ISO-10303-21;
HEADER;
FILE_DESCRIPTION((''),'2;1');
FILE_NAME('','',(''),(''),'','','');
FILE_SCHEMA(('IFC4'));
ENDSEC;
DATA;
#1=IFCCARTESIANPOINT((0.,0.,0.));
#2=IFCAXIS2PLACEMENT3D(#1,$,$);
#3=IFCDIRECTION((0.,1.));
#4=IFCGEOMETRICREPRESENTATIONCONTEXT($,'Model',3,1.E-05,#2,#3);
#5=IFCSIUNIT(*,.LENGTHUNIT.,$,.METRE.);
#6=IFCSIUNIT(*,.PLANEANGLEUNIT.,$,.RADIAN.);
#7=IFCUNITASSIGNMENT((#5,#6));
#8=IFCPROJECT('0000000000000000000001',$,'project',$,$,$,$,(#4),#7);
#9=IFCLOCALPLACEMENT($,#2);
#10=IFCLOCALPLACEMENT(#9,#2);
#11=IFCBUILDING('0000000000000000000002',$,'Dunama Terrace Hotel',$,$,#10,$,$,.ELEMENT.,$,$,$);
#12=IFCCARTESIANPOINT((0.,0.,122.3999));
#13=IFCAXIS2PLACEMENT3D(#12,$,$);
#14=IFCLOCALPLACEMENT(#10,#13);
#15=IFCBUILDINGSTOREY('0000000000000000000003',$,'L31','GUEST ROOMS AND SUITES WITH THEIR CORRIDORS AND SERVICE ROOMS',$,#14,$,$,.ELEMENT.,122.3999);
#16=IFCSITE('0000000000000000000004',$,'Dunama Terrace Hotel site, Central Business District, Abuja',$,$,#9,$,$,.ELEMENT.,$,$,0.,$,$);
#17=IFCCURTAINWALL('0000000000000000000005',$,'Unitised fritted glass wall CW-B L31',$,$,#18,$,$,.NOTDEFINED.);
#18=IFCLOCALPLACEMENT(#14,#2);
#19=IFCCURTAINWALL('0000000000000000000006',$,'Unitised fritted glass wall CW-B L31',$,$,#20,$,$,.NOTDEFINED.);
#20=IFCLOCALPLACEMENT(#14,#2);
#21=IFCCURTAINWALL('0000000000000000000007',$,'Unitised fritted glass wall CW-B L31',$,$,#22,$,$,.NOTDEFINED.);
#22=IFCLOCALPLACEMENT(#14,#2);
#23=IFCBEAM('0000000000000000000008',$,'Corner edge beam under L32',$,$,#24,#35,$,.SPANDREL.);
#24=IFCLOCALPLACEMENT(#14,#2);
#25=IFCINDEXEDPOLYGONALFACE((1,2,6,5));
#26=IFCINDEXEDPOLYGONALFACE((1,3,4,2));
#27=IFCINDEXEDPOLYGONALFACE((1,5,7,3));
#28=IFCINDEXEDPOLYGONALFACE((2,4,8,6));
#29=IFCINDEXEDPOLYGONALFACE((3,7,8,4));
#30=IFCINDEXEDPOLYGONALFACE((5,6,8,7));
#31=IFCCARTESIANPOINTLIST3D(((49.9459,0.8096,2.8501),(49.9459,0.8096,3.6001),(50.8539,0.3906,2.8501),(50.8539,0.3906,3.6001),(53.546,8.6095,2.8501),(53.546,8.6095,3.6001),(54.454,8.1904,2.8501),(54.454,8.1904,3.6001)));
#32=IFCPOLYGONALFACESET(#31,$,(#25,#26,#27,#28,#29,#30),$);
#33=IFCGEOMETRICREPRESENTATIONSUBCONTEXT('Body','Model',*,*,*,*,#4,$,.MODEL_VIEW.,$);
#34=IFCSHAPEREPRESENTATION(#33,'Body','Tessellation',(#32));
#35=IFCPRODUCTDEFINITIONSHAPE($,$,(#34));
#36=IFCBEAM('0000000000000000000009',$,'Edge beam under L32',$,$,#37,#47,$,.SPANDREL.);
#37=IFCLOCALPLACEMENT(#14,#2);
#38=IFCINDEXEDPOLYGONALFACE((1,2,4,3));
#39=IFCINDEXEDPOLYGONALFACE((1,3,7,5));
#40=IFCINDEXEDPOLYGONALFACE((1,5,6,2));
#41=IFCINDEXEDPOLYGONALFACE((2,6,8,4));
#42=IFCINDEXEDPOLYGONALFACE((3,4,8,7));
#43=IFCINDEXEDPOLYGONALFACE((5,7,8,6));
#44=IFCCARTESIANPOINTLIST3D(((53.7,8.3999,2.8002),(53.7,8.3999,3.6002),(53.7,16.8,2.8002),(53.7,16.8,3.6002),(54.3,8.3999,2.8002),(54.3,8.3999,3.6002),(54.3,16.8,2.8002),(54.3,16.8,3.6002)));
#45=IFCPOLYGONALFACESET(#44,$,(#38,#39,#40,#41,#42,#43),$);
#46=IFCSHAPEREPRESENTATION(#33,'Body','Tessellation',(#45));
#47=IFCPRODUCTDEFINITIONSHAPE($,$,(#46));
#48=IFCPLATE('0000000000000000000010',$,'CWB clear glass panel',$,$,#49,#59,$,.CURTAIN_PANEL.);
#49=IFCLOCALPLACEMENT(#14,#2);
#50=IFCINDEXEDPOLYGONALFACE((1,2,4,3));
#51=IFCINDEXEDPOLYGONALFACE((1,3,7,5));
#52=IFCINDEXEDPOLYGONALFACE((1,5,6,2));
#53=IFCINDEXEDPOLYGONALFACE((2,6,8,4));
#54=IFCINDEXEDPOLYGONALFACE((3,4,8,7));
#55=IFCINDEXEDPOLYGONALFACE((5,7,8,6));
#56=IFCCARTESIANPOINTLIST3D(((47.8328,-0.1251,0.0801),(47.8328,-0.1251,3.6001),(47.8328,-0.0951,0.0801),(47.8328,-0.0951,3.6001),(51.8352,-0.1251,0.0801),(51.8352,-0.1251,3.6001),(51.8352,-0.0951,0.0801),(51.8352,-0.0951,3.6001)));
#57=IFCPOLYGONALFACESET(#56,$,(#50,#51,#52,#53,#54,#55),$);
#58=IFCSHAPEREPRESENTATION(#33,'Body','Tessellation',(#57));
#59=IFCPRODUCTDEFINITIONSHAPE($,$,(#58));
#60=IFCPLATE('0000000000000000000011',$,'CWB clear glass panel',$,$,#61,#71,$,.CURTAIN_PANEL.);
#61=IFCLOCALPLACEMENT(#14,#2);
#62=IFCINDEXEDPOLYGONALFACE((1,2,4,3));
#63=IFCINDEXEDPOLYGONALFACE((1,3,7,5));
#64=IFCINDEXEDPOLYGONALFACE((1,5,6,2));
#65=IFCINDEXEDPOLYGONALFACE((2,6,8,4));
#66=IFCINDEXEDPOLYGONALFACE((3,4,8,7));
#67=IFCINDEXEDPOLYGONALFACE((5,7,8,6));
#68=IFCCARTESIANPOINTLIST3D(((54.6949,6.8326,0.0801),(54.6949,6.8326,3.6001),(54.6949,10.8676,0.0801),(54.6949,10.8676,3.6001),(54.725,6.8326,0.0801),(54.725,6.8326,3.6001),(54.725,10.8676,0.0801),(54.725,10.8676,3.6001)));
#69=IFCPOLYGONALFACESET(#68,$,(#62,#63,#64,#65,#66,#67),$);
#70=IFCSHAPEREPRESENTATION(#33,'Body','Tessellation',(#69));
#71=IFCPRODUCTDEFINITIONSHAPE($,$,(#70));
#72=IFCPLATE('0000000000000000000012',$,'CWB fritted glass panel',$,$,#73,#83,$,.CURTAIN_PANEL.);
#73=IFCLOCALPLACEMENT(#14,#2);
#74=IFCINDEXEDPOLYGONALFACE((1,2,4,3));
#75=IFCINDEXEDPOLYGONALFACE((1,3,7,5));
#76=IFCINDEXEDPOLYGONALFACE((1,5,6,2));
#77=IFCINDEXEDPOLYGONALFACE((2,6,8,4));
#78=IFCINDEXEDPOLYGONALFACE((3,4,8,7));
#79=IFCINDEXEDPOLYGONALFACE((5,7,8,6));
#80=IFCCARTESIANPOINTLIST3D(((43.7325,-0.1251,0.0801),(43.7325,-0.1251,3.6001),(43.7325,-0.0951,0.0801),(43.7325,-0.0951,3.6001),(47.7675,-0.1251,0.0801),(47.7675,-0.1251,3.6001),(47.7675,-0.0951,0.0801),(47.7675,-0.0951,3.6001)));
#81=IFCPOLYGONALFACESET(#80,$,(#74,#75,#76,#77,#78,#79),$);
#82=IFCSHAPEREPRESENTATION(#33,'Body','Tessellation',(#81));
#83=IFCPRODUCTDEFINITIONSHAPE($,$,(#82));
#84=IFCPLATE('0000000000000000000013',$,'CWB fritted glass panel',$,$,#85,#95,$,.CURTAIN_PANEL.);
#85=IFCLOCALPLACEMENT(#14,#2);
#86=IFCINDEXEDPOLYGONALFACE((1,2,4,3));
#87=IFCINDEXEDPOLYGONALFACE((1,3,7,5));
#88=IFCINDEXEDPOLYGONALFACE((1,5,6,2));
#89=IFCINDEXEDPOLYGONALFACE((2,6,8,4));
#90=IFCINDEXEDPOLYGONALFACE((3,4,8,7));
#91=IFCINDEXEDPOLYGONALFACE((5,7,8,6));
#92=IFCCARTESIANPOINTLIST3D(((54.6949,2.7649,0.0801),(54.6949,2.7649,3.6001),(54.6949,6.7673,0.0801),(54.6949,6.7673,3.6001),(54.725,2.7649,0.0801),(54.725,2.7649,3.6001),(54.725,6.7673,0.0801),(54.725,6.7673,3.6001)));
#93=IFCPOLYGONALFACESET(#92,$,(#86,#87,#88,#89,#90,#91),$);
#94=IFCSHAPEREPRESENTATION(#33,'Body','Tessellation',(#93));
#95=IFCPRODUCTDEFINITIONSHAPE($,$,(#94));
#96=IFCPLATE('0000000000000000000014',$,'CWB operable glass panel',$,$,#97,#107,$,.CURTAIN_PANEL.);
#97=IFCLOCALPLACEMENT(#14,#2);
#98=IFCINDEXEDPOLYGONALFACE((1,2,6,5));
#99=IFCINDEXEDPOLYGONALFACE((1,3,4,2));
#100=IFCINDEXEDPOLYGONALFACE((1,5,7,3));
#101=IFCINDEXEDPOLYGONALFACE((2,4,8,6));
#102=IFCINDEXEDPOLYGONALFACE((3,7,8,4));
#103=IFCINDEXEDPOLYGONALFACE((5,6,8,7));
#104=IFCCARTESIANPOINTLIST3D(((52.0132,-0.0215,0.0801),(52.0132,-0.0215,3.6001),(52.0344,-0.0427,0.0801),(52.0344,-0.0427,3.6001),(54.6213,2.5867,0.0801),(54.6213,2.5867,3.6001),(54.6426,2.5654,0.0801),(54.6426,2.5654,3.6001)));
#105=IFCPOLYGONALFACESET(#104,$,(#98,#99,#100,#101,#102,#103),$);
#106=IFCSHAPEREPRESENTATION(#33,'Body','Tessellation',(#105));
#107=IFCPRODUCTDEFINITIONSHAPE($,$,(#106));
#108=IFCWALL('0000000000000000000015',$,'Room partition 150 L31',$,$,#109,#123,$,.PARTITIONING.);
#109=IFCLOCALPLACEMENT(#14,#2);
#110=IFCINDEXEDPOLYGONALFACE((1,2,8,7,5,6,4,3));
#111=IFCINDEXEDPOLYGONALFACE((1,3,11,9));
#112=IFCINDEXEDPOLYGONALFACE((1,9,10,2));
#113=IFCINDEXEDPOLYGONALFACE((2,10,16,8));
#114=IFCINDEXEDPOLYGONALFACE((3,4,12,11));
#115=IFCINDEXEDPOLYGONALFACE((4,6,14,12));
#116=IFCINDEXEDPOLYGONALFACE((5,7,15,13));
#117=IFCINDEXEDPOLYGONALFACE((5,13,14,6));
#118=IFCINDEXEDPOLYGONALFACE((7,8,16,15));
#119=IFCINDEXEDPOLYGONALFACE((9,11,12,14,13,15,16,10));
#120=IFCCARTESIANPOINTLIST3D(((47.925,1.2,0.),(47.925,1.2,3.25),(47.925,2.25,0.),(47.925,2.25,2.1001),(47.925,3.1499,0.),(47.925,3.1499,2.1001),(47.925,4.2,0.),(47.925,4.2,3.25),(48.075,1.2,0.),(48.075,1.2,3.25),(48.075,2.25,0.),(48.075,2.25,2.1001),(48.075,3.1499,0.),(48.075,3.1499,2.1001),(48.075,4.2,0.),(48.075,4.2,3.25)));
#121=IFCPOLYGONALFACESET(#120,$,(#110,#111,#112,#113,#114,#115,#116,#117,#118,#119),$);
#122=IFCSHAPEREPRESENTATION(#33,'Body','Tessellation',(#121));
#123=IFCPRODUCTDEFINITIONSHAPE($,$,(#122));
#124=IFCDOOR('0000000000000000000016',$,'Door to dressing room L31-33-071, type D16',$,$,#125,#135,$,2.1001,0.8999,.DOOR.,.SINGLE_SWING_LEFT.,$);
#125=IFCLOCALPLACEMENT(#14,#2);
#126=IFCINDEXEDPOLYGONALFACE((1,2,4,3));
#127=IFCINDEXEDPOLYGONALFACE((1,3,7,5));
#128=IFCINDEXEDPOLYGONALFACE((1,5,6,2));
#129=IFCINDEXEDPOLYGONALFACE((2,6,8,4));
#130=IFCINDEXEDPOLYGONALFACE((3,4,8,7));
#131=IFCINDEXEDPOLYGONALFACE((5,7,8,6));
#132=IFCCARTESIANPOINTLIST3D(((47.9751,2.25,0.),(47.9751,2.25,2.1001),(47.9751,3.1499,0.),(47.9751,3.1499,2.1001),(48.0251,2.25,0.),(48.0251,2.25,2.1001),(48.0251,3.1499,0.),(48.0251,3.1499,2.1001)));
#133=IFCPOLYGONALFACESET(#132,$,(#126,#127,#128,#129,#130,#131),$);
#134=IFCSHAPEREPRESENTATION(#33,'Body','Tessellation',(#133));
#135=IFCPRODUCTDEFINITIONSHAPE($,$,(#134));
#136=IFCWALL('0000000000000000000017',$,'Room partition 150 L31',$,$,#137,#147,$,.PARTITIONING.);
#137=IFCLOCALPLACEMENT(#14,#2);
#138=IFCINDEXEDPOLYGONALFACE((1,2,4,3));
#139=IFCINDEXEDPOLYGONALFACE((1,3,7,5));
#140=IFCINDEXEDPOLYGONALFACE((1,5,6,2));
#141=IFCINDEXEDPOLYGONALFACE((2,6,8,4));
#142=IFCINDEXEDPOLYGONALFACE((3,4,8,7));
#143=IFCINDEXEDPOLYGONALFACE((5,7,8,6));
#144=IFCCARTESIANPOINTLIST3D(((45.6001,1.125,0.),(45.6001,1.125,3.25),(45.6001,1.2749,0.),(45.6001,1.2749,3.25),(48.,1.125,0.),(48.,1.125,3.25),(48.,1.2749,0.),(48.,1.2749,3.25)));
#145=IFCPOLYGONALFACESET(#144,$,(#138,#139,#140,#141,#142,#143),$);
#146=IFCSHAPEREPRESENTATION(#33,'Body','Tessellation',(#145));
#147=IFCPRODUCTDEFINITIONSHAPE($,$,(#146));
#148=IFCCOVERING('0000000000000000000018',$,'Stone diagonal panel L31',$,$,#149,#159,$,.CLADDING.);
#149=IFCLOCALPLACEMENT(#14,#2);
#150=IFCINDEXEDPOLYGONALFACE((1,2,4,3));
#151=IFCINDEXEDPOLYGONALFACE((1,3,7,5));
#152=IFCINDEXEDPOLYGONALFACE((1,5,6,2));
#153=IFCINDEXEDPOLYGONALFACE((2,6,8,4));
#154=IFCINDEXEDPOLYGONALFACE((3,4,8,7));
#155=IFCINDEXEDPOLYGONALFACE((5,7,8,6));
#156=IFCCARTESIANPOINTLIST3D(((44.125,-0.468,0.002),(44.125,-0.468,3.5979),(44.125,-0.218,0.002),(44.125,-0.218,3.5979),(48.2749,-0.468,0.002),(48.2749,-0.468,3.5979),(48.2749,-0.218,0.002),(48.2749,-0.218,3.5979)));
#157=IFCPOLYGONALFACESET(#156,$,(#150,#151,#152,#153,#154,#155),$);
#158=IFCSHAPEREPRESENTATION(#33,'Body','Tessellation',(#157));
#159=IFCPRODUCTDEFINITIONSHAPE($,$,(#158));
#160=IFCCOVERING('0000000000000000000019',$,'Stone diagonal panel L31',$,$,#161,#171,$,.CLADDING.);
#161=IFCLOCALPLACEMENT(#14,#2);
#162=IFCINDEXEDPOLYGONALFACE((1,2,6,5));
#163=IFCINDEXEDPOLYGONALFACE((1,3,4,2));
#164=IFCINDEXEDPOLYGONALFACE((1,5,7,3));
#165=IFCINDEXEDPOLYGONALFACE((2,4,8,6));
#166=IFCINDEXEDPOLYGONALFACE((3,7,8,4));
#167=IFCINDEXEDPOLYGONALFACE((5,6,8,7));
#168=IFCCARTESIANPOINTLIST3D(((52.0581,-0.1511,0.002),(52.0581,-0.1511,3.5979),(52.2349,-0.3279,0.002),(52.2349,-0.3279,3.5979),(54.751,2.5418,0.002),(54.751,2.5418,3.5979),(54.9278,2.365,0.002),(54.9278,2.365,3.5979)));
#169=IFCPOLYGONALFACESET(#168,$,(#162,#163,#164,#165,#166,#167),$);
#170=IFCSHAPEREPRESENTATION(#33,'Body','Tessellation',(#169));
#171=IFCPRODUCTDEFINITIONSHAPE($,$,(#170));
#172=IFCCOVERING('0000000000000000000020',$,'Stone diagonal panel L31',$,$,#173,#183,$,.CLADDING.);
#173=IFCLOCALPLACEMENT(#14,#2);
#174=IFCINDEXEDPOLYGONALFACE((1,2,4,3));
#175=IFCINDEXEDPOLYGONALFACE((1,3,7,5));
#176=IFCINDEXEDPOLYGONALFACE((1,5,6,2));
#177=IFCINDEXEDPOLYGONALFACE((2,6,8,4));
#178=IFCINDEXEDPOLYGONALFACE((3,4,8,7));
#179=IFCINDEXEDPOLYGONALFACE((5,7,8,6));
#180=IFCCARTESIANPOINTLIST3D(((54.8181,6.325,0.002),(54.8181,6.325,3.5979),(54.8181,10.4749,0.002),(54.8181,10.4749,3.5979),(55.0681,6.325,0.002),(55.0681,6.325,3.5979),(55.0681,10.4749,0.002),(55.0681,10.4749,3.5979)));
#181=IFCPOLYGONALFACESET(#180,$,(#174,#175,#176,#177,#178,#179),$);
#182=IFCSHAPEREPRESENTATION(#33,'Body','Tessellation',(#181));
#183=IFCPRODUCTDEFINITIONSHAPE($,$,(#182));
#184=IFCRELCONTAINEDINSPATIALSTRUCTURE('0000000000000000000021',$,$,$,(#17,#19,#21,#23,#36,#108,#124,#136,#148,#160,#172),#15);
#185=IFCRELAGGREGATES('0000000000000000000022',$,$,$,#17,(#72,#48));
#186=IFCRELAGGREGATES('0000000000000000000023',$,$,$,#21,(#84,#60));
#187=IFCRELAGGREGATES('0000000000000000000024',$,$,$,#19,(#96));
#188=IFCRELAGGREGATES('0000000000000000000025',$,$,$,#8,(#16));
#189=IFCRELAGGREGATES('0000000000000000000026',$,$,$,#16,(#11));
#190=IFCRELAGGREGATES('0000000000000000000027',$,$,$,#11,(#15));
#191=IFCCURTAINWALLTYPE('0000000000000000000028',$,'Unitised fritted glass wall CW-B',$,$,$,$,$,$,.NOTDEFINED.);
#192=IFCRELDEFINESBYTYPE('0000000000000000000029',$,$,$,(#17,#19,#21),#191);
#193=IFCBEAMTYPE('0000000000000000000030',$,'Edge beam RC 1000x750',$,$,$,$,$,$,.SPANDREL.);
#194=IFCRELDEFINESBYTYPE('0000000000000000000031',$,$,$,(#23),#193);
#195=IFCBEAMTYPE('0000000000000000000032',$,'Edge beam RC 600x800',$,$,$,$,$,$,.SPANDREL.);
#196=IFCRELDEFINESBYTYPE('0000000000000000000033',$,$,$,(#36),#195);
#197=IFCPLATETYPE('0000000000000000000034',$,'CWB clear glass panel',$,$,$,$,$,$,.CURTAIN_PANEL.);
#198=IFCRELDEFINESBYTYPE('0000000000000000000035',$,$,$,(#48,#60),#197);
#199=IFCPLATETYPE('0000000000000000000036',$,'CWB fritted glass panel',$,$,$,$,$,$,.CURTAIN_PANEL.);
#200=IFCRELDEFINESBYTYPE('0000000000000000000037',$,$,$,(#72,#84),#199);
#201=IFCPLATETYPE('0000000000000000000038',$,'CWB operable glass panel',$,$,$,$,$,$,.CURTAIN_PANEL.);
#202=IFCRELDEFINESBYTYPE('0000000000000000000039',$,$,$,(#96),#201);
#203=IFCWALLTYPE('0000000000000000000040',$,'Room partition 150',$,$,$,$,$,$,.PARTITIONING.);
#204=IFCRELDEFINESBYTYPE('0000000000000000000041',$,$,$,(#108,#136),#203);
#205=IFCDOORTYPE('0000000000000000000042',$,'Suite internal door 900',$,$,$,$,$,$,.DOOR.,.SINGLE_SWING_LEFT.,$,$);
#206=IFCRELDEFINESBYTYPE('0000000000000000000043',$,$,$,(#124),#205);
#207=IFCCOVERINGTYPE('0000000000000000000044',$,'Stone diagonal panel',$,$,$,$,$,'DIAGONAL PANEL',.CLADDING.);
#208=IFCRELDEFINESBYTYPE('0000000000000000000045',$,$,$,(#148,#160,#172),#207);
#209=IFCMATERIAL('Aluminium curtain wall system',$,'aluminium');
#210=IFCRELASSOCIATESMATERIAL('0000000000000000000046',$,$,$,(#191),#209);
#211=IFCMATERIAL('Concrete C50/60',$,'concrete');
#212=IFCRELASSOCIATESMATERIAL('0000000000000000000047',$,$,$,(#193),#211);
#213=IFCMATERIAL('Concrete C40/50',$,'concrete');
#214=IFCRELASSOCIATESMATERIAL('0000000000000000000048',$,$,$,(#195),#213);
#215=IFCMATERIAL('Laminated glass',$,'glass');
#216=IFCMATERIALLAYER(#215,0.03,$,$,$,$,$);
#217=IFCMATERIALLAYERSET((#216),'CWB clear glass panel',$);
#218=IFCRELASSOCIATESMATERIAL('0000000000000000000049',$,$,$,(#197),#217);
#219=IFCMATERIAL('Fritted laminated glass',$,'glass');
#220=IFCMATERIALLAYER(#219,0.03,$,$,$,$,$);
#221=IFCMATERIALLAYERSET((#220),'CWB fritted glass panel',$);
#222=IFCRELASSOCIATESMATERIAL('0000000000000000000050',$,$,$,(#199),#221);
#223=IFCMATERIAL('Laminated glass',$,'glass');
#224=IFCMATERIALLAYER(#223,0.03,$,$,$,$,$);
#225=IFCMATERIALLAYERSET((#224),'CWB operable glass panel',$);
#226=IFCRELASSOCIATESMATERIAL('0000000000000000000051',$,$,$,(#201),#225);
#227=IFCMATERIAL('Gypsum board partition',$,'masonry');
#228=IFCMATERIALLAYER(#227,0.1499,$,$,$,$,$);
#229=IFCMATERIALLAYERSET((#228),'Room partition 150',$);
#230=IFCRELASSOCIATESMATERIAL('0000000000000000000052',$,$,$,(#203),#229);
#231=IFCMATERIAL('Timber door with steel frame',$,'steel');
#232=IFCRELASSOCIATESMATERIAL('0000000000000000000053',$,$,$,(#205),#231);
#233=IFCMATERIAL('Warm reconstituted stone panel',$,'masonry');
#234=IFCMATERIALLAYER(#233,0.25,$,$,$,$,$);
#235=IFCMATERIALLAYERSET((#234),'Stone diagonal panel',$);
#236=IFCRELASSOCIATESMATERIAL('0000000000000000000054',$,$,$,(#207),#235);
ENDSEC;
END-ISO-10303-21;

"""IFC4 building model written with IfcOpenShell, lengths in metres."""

from ifc_helpers import new_model, si_unit, direction, frame, frame_2d, origin, origin_2d, place, context, subcontext, project, spatial, rectangle, extrude, material, layer, layer_set, material_profile, profile_set, type_object, element, fill, aggregate, save


model = new_model("IFC4")

# Units and contexts
model_context = context("Model", 3, precision=1e-05, world=origin(), true_north=direction((0.0, 1.0)))
body_context = subcontext(model_context, "Body", "Model", "MODEL_VIEW")
ifc_project = project(units=[si_unit("LENGTHUNIT", "METRE"), si_unit("PLANEANGLEUNIT", "RADIAN")], contexts=[model_context])

# Site, building, storey
site_placement = place(None, origin())
site = spatial("IfcSite", under=ifc_project, at=site_placement, Name="Dunama Terrace Hotel site, Central Business District, Abuja", CompositionType="ELEMENT", RefElevation=0.0)
building_placement = place(site_placement, origin())
building = spatial("IfcBuilding", under=site, at=building_placement, Name="Dunama Terrace Hotel", CompositionType="ELEMENT")
storey_placement = place(building_placement, frame((0.0, 0.0, 122.3999)))
storey = spatial("IfcBuildingStorey", under=building, at=storey_placement, Name="L31", Description="GUEST ROOMS AND SUITES WITH THEIR CORRIDORS AND SERVICE ROOMS", CompositionType="ELEMENT", Elevation=122.3999)

# Curtain walls
ifc_material_1 = material(Name="Aluminium curtain wall system", Category="aluminium")
curtain_wall_type = type_object("IfcCurtainWallType", Name="Unitised fritted glass wall CW-B", PredefinedType="NOTDEFINED", material=ifc_material_1)
curtain_wall_1_placement = place(storey_placement, origin())
curtain_wall_1 = element("IfcCurtainWall", 1, at=curtain_wall_1_placement, inside=storey, type_object=curtain_wall_type, Name="Unitised fritted glass wall CW-B L31", PredefinedType="NOTDEFINED")
curtain_wall_2_placement = place(storey_placement, origin())
curtain_wall_2 = element("IfcCurtainWall", 2, at=curtain_wall_2_placement, inside=storey, type_object=curtain_wall_type, Name="Unitised fritted glass wall CW-B L31", PredefinedType="NOTDEFINED")
curtain_wall_3_placement = place(storey_placement, origin())
curtain_wall_3 = element("IfcCurtainWall", 3, at=curtain_wall_3_placement, inside=storey, type_object=curtain_wall_type, Name="Unitised fritted glass wall CW-B L31", PredefinedType="NOTDEFINED")

# Beams
ifc_material_2 = material(Name="Concrete C50/60", Category="concrete")
ifc_material_profile_1 = material_profile(ifc_material_2, rectangle(XDim=1.0, YDim=0.75, at=origin_2d()), Name="RC 1000x750")
ifc_profile_set_1 = profile_set([ifc_material_profile_1], Name="Concrete C50/60")
beam_type_1 = type_object("IfcBeamType", Name="Edge beam RC 1000x750", PredefinedType="SPANDREL", material=ifc_profile_set_1)
beam_1_placement = place(storey_placement, frame((50.3999, 0.6001, 3.2251), z_axis=(0.419076, 0.907951, 0.0), x_axis=(-0.907951, 0.419076, 0.0)))
element("IfcBeam", 4, at=beam_1_placement, inside=storey, type_object=beam_type_1, Name="Corner edge beam under L32", PredefinedType="SPANDREL", context=body_context, shape_type="SweptSolid", body=[
    extrude(rectangle(XDim=1.0, YDim=0.75, at=origin_2d()), origin(), (0.0, 0.0, 1.0), 8.5906),
])
ifc_material_3 = material(Name="Concrete C40/50", Category="concrete")
ifc_material_profile_2 = material_profile(ifc_material_3, rectangle(XDim=0.6001, YDim=0.8, at=origin_2d()), Name="RC 600x800")
ifc_profile_set_2 = profile_set([ifc_material_profile_2], Name="Concrete C40/50")
beam_type_2 = type_object("IfcBeamType", Name="Edge beam RC 600x800", PredefinedType="SPANDREL", material=ifc_profile_set_2)
beam_2_placement = place(storey_placement, frame((54.0, 8.3999, 3.2002), z_axis=(0.0, 1.0, 0.0), x_axis=(-1.0, 0.0, 0.0)))
element("IfcBeam", 5, at=beam_2_placement, inside=storey, type_object=beam_type_2, Name="Edge beam under L32", PredefinedType="SPANDREL", context=body_context, shape_type="SweptSolid", body=[
    extrude(rectangle(XDim=0.6001, YDim=0.8, at=origin_2d()), origin(), (0.0, 0.0, 1.0), 8.4001),
])

# Plates
ifc_material_4 = material(Name="Laminated glass", Category="glass")
ifc_layer_1 = layer(ifc_material_4, 0.03)
ifc_layer_set_1 = layer_set([ifc_layer_1], Name="CWB clear glass panel")
plate_type_1 = type_object("IfcPlateType", Name="CWB clear glass panel", PredefinedType="CURTAIN_PANEL", material=ifc_layer_set_1)
plate_1_placement = place(storey_placement, frame((49.834, -0.1101, 0.0801), z_axis=(0.0, 0.0, 1.0), x_axis=(1.0, 0.0, 0.0)))
plate_1 = element("IfcPlate", 6, at=plate_1_placement, type_object=plate_type_1, Name="CWB clear glass panel", PredefinedType="CURTAIN_PANEL", context=body_context, shape_type="SweptSolid", body=[
    extrude(rectangle(XDim=4.0024, YDim=0.03, at=origin_2d()), origin(), (0.0, 0.0, 1.0), 3.52),
])
plate_2_placement = place(storey_placement, frame((54.71, 8.8501, 0.0801), z_axis=(0.0, 0.0, 1.0), x_axis=(0.0, 1.0, 0.0)))
plate_2 = element("IfcPlate", 7, at=plate_2_placement, type_object=plate_type_1, Name="CWB clear glass panel", PredefinedType="CURTAIN_PANEL", context=body_context, shape_type="SweptSolid", body=[
    extrude(rectangle(XDim=4.0349, YDim=0.03, at=origin_2d()), origin(), (0.0, 0.0, 1.0), 3.52),
])
ifc_material_5 = material(Name="Fritted laminated glass", Category="glass")
ifc_layer_2 = layer(ifc_material_5, 0.03)
ifc_layer_set_2 = layer_set([ifc_layer_2], Name="CWB fritted glass panel")
plate_type_2 = type_object("IfcPlateType", Name="CWB fritted glass panel", PredefinedType="CURTAIN_PANEL", material=ifc_layer_set_2)
plate_3_placement = place(storey_placement, frame((45.75, -0.1101, 0.0801), z_axis=(0.0, 0.0, 1.0), x_axis=(1.0, 0.0, 0.0)))
plate_3 = element("IfcPlate", 8, at=plate_3_placement, type_object=plate_type_2, Name="CWB fritted glass panel", PredefinedType="CURTAIN_PANEL", context=body_context, shape_type="SweptSolid", body=[
    extrude(rectangle(XDim=4.0349, YDim=0.03, at=origin_2d()), origin(), (0.0, 0.0, 1.0), 3.52),
])
aggregate(curtain_wall_1, [plate_3, plate_1])
plate_4_placement = place(storey_placement, frame((54.71, 4.7661, 0.0801), z_axis=(0.0, 0.0, 1.0), x_axis=(0.0, 1.0, 0.0)))
plate_4 = element("IfcPlate", 9, at=plate_4_placement, type_object=plate_type_2, Name="CWB fritted glass panel", PredefinedType="CURTAIN_PANEL", context=body_context, shape_type="SweptSolid", body=[
    extrude(rectangle(XDim=4.0024, YDim=0.03, at=origin_2d()), origin(), (0.0, 0.0, 1.0), 3.52),
])
aggregate(curtain_wall_3, [plate_4, plate_2])
ifc_material_6 = material(Name="Laminated glass", Category="glass")
ifc_layer_3 = layer(ifc_material_6, 0.03)
ifc_layer_set_3 = layer_set([ifc_layer_3], Name="CWB operable glass panel")
plate_type_3 = type_object("IfcPlateType", Name="CWB operable glass panel", PredefinedType="CURTAIN_PANEL", material=ifc_layer_set_3)
plate_5_placement = place(storey_placement, frame((53.3279, 1.272, 0.0801), z_axis=(0.0, 0.0, 1.0), x_axis=(0.707107, 0.707107, 0.0)))
plate_5 = element("IfcPlate", 10, at=plate_5_placement, type_object=plate_type_3, Name="CWB operable glass panel", PredefinedType="CURTAIN_PANEL", context=body_context, shape_type="SweptSolid", body=[
    extrude(rectangle(XDim=3.6885, YDim=0.03, at=origin_2d()), origin(), (0.0, 0.0, 1.0), 3.52),
])
aggregate(curtain_wall_2, [plate_5])

# Wall, opening, door
ifc_material_7 = material(Name="Gypsum board partition", Category="masonry")
ifc_layer_4 = layer(ifc_material_7, 0.1499)
ifc_layer_set_4 = layer_set([ifc_layer_4], Name="Room partition 150")
wall_type = type_object("IfcWallType", Name="Room partition 150", PredefinedType="PARTITIONING", material=ifc_layer_set_4)
wall_1_placement = place(storey_placement, frame((48.0, 1.2, 0.0), z_axis=(0.0, 0.0, 1.0), x_axis=(0.0, 1.0, 0.0)))
wall_1 = element("IfcWall", 11, at=wall_1_placement, inside=storey, type_object=wall_type, Name="Room partition 150 L31", PredefinedType="PARTITIONING", context=body_context, shape_type="SweptSolid", body=[
    extrude(rectangle(XDim=3.0, YDim=0.1499, at=frame_2d((1.5, 0.0))), origin(), (0.0, 0.0, 1.0), 3.25),
])
opening_placement = place(wall_1_placement, frame((1.05, 0.0, 0.0)))
opening = element("IfcOpeningElement", 12, at=opening_placement, cuts=wall_1, PredefinedType="OPENING", context=body_context, shape_type="SweptSolid", body=[
    extrude(rectangle(XDim=0.8999, YDim=2.1001, at=frame_2d((0.45, 1.05))), frame((0.0, 0.085, 0.0), z_axis=(0.0, -1.0, 0.0), x_axis=(1.0, 0.0, 0.0)), (0.0, 0.0, 1.0), 0.1699),
])
ifc_material_8 = material(Name="Timber door with steel frame", Category="steel")
door_type = type_object("IfcDoorType", Name="Suite internal door 900", OperationType="SINGLE_SWING_LEFT", PredefinedType="DOOR", material=ifc_material_8)
door_placement = place(opening_placement, origin())
door = element("IfcDoor", 13, at=door_placement, inside=storey, type_object=door_type, Name="Door to dressing room L31-33-071, type D16", OperationType="SINGLE_SWING_LEFT", OverallHeight=2.1001, OverallWidth=0.8999, PredefinedType="DOOR", context=body_context, shape_type="SweptSolid", body=[
    extrude(rectangle(XDim=0.8999, YDim=2.1001, at=frame_2d((0.45, 1.05))), frame((0.0, 0.0249, 0.0), z_axis=(0.0, -1.0, 0.0), x_axis=(1.0, 0.0, 0.0)), (0.0, 0.0, 1.0), 0.05),
])
fill(opening, door)

# Wall
wall_2_placement = place(storey_placement, frame((45.6001, 1.2, 0.0), z_axis=(0.0, 0.0, 1.0), x_axis=(1.0, 0.0, 0.0)))
element("IfcWall", 14, at=wall_2_placement, inside=storey, type_object=wall_type, Name="Room partition 150 L31", PredefinedType="PARTITIONING", context=body_context, shape_type="SweptSolid", body=[
    extrude(rectangle(XDim=2.3999, YDim=0.1499, at=frame_2d((1.2, 0.0))), origin(), (0.0, 0.0, 1.0), 3.25),
])

# Coverings
ifc_material_9 = material(Name="Warm reconstituted stone panel", Category="masonry")
ifc_layer_5 = layer(ifc_material_9, 0.25)
ifc_layer_set_5 = layer_set([ifc_layer_5], Name="Stone diagonal panel")
covering_type = type_object("IfcCoveringType", Name="Stone diagonal panel", ElementType="DIAGONAL PANEL", PredefinedType="CLADDING", material=ifc_layer_set_5)
covering_1_placement = place(storey_placement, frame((46.2, -0.343, 0.002), z_axis=(0.0, 0.0, 1.0), x_axis=(1.0, 0.0, 0.0)))
element("IfcCovering", 15, at=covering_1_placement, inside=storey, type_object=covering_type, Name="Stone diagonal panel L31", PredefinedType="CLADDING", context=body_context, shape_type="SweptSolid", body=[
    extrude(rectangle(XDim=4.1499, YDim=0.25, at=origin_2d()), origin(), (0.0, 0.0, 1.0), 3.5959),
])
covering_2_placement = place(storey_placement, frame((53.4929, 1.1069, 0.002), z_axis=(0.0, 0.0, 1.0), x_axis=(0.707107, 0.707107, 0.0)))
element("IfcCovering", 16, at=covering_2_placement, inside=storey, type_object=covering_type, Name="Stone diagonal panel L31", PredefinedType="CLADDING", context=body_context, shape_type="SweptSolid", body=[
    extrude(rectangle(XDim=3.8083, YDim=0.25, at=origin_2d()), origin(), (0.0, 0.0, 1.0), 3.5959),
])
covering_3_placement = place(storey_placement, frame((54.9431, 8.3999, 0.002), z_axis=(0.0, 0.0, 1.0), x_axis=(0.0, 1.0, 0.0)))
element("IfcCovering", 17, at=covering_3_placement, inside=storey, type_object=covering_type, Name="Stone diagonal panel L31", PredefinedType="CLADDING", context=body_context, shape_type="SweptSolid", body=[
    extrude(rectangle(XDim=4.1499, YDim=0.25, at=origin_2d()), origin(), (0.0, 0.0, 1.0), 3.5959),
])

save(model, "model.ifc")
